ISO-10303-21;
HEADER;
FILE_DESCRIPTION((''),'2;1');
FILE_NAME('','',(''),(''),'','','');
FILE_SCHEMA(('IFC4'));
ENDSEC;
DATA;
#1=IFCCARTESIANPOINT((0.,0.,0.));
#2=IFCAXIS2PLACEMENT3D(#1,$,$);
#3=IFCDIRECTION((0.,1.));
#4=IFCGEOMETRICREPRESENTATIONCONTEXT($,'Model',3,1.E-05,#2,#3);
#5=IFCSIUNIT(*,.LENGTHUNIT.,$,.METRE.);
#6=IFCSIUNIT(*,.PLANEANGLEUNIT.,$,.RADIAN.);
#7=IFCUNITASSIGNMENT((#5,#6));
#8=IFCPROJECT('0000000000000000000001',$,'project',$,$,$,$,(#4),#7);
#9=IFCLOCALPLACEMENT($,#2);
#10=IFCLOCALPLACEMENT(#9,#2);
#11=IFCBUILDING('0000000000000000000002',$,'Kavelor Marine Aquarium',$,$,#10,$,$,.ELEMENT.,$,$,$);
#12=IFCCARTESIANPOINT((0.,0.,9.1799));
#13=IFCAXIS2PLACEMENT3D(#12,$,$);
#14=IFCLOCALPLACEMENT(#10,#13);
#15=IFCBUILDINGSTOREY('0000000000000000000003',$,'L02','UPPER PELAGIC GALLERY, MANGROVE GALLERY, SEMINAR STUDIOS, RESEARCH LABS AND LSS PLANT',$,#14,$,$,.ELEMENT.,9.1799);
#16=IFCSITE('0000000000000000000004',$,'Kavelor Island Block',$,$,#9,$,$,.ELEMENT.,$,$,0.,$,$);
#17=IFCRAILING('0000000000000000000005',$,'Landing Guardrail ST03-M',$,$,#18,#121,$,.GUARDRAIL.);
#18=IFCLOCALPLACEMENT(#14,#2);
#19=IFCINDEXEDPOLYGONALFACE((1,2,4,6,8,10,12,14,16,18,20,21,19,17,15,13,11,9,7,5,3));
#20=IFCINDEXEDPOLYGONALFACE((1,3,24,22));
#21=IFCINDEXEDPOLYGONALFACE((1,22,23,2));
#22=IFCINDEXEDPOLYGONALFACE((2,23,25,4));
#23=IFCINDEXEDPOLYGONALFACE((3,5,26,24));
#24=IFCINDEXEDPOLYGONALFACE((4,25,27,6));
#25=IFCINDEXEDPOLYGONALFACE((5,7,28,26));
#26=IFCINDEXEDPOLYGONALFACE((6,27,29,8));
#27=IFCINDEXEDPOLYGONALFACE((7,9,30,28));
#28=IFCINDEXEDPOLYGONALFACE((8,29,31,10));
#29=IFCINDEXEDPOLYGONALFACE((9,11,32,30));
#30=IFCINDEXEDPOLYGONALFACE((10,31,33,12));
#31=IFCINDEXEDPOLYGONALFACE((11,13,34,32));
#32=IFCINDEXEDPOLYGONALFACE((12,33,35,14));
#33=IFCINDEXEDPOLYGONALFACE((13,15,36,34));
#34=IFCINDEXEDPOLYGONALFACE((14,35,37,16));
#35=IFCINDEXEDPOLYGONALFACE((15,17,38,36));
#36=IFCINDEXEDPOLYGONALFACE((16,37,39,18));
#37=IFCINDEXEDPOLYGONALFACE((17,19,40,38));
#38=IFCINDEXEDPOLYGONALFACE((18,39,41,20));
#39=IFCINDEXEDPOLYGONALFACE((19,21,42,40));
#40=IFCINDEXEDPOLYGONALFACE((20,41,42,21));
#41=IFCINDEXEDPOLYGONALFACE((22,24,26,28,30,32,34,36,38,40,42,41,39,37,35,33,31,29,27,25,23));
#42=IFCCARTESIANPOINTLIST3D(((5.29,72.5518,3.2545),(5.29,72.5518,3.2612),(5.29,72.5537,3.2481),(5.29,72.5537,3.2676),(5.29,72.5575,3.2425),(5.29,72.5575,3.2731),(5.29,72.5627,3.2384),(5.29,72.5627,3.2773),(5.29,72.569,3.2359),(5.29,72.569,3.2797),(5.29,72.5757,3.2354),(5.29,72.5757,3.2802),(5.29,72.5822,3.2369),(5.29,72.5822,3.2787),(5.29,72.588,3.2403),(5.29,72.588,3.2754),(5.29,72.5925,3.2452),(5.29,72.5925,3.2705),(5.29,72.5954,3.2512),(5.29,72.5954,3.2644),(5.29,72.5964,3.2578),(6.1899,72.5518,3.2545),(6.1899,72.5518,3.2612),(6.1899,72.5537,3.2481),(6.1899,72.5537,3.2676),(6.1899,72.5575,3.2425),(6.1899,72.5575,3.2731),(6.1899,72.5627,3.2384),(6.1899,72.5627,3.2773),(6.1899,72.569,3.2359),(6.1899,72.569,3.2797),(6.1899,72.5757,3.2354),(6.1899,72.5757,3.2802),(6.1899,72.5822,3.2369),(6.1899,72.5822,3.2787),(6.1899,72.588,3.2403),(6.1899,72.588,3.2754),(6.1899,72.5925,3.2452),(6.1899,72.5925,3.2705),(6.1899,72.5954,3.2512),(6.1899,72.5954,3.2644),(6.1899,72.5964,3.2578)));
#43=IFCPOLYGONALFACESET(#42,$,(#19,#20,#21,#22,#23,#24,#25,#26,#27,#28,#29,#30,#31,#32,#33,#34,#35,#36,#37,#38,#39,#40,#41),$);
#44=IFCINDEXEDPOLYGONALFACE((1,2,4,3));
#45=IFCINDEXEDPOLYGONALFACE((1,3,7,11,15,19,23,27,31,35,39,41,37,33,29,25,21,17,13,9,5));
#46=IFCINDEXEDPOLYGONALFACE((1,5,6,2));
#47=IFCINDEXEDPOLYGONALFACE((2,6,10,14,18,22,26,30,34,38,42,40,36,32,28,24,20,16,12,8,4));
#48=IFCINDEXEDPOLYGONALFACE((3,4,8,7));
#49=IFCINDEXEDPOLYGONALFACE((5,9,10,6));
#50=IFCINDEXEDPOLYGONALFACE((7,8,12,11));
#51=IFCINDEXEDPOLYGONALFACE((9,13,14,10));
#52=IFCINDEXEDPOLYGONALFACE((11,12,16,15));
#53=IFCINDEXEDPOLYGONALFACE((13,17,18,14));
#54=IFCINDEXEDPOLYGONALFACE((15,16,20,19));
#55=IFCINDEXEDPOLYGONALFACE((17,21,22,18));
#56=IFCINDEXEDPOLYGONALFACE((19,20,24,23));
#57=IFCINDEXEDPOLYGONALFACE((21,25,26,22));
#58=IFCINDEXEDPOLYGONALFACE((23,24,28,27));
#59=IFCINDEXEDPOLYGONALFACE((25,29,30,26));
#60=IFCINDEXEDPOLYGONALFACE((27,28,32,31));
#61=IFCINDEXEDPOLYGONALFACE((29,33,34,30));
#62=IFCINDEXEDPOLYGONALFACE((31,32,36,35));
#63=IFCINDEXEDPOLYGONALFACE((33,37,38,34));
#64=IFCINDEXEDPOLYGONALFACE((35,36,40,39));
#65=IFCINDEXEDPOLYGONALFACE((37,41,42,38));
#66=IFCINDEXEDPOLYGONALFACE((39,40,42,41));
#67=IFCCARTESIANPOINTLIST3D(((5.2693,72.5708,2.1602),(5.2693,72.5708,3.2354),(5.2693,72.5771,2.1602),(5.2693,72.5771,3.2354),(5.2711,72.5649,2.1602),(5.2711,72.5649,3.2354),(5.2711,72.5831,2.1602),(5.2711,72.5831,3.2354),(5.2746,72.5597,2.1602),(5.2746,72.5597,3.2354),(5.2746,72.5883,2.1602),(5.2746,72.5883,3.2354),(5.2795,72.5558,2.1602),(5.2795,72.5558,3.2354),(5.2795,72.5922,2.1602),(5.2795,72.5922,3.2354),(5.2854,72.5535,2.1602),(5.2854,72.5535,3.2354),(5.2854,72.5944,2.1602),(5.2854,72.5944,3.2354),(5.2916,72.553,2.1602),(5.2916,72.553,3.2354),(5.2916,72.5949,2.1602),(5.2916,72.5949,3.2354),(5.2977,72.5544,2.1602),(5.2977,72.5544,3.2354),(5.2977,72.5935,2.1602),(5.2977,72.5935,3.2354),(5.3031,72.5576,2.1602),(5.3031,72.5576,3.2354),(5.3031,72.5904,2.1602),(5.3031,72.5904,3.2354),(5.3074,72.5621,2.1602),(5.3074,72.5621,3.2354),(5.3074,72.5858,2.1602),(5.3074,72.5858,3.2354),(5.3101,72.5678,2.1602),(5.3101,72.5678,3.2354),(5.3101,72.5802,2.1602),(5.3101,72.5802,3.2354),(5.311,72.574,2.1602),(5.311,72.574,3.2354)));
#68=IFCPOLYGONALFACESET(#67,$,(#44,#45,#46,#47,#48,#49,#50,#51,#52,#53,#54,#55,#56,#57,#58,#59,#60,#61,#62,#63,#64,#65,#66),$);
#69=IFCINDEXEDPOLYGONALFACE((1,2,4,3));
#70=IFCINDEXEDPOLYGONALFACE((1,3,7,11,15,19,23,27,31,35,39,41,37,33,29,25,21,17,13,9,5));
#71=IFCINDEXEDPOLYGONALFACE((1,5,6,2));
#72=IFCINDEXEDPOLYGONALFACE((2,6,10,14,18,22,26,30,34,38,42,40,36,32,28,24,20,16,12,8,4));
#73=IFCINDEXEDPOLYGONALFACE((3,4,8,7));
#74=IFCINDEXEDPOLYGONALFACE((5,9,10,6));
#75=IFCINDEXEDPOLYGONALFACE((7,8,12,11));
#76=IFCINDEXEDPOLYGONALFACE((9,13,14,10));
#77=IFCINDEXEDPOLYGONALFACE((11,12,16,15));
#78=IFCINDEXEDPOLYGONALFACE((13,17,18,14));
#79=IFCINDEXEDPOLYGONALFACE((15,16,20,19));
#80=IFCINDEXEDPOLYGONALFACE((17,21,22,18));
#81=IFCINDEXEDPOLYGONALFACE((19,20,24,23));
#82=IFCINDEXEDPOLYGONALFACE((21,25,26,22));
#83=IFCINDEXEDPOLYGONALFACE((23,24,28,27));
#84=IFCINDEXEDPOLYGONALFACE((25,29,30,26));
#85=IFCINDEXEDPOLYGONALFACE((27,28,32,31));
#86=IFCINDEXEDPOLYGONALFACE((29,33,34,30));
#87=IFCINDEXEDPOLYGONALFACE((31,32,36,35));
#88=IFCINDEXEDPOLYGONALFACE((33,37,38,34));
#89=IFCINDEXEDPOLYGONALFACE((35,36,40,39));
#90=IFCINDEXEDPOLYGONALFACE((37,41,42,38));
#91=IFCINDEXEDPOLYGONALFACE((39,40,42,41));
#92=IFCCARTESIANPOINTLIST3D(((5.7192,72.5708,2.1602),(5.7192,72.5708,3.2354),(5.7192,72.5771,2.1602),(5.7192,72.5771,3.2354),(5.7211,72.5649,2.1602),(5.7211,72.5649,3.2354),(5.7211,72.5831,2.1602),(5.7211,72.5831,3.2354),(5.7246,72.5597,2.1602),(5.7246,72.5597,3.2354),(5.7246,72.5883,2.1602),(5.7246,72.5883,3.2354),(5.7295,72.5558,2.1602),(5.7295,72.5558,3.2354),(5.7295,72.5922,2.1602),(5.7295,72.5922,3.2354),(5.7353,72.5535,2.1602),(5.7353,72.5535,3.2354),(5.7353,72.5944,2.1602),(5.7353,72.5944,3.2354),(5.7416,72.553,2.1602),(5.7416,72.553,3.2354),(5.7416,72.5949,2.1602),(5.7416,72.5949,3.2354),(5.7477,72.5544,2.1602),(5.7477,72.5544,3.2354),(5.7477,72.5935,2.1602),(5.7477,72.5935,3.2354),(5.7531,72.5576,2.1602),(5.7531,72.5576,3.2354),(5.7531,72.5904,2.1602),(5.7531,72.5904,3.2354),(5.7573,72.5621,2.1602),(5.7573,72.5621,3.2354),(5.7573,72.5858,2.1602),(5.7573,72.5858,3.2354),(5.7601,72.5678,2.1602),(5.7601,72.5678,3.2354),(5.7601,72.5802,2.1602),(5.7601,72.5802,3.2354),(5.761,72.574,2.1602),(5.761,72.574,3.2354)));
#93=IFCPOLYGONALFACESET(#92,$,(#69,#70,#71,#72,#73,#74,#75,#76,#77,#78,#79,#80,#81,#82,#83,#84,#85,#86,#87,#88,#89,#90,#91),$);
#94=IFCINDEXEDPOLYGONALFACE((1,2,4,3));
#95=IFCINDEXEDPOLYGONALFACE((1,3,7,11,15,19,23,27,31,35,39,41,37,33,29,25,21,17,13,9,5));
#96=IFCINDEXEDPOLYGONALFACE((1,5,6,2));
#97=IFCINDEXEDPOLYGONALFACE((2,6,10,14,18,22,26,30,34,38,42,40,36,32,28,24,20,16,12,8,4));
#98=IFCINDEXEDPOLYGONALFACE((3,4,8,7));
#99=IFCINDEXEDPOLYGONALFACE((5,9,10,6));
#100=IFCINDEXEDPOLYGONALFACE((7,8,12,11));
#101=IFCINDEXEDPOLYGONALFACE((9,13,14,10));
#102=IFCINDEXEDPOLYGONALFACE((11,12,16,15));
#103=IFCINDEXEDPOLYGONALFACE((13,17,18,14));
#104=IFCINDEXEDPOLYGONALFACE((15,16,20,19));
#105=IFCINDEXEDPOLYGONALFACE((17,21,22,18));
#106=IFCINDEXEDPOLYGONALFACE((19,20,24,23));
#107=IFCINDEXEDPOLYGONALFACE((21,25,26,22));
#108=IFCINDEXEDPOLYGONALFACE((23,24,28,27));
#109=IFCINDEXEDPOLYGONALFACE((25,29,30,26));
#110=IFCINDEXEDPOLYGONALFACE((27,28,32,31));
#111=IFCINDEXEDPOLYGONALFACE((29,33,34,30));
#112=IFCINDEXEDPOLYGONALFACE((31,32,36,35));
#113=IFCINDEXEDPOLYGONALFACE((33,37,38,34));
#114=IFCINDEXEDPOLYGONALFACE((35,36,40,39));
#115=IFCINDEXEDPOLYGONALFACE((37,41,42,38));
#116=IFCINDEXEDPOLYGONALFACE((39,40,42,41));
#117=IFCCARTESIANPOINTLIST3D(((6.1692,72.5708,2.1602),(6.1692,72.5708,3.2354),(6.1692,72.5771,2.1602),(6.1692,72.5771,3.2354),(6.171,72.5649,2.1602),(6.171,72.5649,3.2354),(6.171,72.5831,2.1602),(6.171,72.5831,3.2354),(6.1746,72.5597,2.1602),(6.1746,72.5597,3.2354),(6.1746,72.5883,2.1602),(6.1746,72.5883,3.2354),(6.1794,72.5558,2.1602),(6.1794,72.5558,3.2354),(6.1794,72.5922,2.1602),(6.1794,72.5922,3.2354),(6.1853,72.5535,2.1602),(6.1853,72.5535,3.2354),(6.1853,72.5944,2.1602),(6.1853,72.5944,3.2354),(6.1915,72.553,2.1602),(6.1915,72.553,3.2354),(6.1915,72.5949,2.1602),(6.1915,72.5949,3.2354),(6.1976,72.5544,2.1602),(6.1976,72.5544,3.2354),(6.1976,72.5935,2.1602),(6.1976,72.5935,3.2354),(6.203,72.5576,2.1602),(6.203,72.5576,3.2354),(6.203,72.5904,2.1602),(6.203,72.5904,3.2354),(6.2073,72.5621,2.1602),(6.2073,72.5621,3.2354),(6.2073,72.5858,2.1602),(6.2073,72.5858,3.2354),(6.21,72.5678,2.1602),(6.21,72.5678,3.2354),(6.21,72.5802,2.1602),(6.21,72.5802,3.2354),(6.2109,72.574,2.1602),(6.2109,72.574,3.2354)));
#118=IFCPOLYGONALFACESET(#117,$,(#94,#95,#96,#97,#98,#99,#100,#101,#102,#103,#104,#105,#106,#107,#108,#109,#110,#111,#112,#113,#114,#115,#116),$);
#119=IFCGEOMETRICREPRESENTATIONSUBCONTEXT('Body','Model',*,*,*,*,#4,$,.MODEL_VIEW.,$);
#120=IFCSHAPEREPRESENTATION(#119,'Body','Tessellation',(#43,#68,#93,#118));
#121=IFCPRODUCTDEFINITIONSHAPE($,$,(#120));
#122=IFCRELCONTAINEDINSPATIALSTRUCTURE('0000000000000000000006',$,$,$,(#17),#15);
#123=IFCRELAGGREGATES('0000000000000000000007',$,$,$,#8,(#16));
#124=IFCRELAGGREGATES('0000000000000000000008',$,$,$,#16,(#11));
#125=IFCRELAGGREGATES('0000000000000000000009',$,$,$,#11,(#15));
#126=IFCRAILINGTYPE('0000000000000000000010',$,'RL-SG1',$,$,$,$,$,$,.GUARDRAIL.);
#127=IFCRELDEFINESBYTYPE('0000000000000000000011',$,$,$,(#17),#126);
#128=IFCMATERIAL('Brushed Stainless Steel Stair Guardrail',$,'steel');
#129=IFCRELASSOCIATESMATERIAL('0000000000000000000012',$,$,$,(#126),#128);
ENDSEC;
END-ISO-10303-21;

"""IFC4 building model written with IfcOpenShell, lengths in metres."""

from ifc_helpers import new_model, si_unit, direction, frame, origin, origin_2d, place, context, subcontext, project, spatial, circle, extrude, material, type_object, element, save


model = new_model("IFC4")

# Units and contexts
model_context = context("Model", 3, precision=1e-05, world=origin(), true_north=direction((0.0, 1.0)))
body_context = subcontext(model_context, "Body", "Model", "MODEL_VIEW")
ifc_project = project(units=[si_unit("LENGTHUNIT", "METRE"), si_unit("PLANEANGLEUNIT", "RADIAN")], contexts=[model_context])

# Site, building, storey
site_placement = place(None, origin())
site = spatial("IfcSite", under=ifc_project, at=site_placement, Name="Kavelor Island Block", CompositionType="ELEMENT", RefElevation=0.0)
building_placement = place(site_placement, origin())
building = spatial("IfcBuilding", under=site, at=building_placement, Name="Kavelor Marine Aquarium", CompositionType="ELEMENT")
storey_placement = place(building_placement, frame((0.0, 0.0, 9.1799)))
storey = spatial("IfcBuildingStorey", under=building, at=storey_placement, Name="L02", Description="UPPER PELAGIC GALLERY, MANGROVE GALLERY, SEMINAR STUDIOS, RESEARCH LABS AND LSS PLANT", CompositionType="ELEMENT", Elevation=9.1799)

# Railing
ifc_material_1 = material(Name="Brushed Stainless Steel Stair Guardrail", Category="steel")
railing_type_1 = type_object("IfcRailingType", Name="RL-SG1", PredefinedType="GUARDRAIL", material=ifc_material_1)
railing_1_placement = place(storey_placement, frame((5.29, 72.574, 2.1602)))
element("IfcRailing", 1, at=railing_1_placement, inside=storey, type_object=railing_type_1, Name="Landing Guardrail ST03-M", PredefinedType="GUARDRAIL", context=body_context, shape_type="SweptSolid", body=[
    extrude(circle(Radius=0.0225, at=origin_2d()), frame((0.0, 0.0, 1.0977), z_axis=(1.0, 0.0, 0.0), x_axis=(0.0, 1.0, 0.0)), (0.0, 0.0, 1.0), 0.8999),
    extrude(circle(Radius=0.021, at=origin_2d()), origin(), (0.0, 0.0, 1.0), 1.0752),
    extrude(circle(Radius=0.021, at=origin_2d()), frame((0.45, 0.0, 0.0)), (0.0, 0.0, 1.0), 1.0752),
    extrude(circle(Radius=0.021, at=origin_2d()), frame((0.8999, 0.0, 0.0)), (0.0, 0.0, 1.0), 1.0752),
])

save(model, "model.ifc")
